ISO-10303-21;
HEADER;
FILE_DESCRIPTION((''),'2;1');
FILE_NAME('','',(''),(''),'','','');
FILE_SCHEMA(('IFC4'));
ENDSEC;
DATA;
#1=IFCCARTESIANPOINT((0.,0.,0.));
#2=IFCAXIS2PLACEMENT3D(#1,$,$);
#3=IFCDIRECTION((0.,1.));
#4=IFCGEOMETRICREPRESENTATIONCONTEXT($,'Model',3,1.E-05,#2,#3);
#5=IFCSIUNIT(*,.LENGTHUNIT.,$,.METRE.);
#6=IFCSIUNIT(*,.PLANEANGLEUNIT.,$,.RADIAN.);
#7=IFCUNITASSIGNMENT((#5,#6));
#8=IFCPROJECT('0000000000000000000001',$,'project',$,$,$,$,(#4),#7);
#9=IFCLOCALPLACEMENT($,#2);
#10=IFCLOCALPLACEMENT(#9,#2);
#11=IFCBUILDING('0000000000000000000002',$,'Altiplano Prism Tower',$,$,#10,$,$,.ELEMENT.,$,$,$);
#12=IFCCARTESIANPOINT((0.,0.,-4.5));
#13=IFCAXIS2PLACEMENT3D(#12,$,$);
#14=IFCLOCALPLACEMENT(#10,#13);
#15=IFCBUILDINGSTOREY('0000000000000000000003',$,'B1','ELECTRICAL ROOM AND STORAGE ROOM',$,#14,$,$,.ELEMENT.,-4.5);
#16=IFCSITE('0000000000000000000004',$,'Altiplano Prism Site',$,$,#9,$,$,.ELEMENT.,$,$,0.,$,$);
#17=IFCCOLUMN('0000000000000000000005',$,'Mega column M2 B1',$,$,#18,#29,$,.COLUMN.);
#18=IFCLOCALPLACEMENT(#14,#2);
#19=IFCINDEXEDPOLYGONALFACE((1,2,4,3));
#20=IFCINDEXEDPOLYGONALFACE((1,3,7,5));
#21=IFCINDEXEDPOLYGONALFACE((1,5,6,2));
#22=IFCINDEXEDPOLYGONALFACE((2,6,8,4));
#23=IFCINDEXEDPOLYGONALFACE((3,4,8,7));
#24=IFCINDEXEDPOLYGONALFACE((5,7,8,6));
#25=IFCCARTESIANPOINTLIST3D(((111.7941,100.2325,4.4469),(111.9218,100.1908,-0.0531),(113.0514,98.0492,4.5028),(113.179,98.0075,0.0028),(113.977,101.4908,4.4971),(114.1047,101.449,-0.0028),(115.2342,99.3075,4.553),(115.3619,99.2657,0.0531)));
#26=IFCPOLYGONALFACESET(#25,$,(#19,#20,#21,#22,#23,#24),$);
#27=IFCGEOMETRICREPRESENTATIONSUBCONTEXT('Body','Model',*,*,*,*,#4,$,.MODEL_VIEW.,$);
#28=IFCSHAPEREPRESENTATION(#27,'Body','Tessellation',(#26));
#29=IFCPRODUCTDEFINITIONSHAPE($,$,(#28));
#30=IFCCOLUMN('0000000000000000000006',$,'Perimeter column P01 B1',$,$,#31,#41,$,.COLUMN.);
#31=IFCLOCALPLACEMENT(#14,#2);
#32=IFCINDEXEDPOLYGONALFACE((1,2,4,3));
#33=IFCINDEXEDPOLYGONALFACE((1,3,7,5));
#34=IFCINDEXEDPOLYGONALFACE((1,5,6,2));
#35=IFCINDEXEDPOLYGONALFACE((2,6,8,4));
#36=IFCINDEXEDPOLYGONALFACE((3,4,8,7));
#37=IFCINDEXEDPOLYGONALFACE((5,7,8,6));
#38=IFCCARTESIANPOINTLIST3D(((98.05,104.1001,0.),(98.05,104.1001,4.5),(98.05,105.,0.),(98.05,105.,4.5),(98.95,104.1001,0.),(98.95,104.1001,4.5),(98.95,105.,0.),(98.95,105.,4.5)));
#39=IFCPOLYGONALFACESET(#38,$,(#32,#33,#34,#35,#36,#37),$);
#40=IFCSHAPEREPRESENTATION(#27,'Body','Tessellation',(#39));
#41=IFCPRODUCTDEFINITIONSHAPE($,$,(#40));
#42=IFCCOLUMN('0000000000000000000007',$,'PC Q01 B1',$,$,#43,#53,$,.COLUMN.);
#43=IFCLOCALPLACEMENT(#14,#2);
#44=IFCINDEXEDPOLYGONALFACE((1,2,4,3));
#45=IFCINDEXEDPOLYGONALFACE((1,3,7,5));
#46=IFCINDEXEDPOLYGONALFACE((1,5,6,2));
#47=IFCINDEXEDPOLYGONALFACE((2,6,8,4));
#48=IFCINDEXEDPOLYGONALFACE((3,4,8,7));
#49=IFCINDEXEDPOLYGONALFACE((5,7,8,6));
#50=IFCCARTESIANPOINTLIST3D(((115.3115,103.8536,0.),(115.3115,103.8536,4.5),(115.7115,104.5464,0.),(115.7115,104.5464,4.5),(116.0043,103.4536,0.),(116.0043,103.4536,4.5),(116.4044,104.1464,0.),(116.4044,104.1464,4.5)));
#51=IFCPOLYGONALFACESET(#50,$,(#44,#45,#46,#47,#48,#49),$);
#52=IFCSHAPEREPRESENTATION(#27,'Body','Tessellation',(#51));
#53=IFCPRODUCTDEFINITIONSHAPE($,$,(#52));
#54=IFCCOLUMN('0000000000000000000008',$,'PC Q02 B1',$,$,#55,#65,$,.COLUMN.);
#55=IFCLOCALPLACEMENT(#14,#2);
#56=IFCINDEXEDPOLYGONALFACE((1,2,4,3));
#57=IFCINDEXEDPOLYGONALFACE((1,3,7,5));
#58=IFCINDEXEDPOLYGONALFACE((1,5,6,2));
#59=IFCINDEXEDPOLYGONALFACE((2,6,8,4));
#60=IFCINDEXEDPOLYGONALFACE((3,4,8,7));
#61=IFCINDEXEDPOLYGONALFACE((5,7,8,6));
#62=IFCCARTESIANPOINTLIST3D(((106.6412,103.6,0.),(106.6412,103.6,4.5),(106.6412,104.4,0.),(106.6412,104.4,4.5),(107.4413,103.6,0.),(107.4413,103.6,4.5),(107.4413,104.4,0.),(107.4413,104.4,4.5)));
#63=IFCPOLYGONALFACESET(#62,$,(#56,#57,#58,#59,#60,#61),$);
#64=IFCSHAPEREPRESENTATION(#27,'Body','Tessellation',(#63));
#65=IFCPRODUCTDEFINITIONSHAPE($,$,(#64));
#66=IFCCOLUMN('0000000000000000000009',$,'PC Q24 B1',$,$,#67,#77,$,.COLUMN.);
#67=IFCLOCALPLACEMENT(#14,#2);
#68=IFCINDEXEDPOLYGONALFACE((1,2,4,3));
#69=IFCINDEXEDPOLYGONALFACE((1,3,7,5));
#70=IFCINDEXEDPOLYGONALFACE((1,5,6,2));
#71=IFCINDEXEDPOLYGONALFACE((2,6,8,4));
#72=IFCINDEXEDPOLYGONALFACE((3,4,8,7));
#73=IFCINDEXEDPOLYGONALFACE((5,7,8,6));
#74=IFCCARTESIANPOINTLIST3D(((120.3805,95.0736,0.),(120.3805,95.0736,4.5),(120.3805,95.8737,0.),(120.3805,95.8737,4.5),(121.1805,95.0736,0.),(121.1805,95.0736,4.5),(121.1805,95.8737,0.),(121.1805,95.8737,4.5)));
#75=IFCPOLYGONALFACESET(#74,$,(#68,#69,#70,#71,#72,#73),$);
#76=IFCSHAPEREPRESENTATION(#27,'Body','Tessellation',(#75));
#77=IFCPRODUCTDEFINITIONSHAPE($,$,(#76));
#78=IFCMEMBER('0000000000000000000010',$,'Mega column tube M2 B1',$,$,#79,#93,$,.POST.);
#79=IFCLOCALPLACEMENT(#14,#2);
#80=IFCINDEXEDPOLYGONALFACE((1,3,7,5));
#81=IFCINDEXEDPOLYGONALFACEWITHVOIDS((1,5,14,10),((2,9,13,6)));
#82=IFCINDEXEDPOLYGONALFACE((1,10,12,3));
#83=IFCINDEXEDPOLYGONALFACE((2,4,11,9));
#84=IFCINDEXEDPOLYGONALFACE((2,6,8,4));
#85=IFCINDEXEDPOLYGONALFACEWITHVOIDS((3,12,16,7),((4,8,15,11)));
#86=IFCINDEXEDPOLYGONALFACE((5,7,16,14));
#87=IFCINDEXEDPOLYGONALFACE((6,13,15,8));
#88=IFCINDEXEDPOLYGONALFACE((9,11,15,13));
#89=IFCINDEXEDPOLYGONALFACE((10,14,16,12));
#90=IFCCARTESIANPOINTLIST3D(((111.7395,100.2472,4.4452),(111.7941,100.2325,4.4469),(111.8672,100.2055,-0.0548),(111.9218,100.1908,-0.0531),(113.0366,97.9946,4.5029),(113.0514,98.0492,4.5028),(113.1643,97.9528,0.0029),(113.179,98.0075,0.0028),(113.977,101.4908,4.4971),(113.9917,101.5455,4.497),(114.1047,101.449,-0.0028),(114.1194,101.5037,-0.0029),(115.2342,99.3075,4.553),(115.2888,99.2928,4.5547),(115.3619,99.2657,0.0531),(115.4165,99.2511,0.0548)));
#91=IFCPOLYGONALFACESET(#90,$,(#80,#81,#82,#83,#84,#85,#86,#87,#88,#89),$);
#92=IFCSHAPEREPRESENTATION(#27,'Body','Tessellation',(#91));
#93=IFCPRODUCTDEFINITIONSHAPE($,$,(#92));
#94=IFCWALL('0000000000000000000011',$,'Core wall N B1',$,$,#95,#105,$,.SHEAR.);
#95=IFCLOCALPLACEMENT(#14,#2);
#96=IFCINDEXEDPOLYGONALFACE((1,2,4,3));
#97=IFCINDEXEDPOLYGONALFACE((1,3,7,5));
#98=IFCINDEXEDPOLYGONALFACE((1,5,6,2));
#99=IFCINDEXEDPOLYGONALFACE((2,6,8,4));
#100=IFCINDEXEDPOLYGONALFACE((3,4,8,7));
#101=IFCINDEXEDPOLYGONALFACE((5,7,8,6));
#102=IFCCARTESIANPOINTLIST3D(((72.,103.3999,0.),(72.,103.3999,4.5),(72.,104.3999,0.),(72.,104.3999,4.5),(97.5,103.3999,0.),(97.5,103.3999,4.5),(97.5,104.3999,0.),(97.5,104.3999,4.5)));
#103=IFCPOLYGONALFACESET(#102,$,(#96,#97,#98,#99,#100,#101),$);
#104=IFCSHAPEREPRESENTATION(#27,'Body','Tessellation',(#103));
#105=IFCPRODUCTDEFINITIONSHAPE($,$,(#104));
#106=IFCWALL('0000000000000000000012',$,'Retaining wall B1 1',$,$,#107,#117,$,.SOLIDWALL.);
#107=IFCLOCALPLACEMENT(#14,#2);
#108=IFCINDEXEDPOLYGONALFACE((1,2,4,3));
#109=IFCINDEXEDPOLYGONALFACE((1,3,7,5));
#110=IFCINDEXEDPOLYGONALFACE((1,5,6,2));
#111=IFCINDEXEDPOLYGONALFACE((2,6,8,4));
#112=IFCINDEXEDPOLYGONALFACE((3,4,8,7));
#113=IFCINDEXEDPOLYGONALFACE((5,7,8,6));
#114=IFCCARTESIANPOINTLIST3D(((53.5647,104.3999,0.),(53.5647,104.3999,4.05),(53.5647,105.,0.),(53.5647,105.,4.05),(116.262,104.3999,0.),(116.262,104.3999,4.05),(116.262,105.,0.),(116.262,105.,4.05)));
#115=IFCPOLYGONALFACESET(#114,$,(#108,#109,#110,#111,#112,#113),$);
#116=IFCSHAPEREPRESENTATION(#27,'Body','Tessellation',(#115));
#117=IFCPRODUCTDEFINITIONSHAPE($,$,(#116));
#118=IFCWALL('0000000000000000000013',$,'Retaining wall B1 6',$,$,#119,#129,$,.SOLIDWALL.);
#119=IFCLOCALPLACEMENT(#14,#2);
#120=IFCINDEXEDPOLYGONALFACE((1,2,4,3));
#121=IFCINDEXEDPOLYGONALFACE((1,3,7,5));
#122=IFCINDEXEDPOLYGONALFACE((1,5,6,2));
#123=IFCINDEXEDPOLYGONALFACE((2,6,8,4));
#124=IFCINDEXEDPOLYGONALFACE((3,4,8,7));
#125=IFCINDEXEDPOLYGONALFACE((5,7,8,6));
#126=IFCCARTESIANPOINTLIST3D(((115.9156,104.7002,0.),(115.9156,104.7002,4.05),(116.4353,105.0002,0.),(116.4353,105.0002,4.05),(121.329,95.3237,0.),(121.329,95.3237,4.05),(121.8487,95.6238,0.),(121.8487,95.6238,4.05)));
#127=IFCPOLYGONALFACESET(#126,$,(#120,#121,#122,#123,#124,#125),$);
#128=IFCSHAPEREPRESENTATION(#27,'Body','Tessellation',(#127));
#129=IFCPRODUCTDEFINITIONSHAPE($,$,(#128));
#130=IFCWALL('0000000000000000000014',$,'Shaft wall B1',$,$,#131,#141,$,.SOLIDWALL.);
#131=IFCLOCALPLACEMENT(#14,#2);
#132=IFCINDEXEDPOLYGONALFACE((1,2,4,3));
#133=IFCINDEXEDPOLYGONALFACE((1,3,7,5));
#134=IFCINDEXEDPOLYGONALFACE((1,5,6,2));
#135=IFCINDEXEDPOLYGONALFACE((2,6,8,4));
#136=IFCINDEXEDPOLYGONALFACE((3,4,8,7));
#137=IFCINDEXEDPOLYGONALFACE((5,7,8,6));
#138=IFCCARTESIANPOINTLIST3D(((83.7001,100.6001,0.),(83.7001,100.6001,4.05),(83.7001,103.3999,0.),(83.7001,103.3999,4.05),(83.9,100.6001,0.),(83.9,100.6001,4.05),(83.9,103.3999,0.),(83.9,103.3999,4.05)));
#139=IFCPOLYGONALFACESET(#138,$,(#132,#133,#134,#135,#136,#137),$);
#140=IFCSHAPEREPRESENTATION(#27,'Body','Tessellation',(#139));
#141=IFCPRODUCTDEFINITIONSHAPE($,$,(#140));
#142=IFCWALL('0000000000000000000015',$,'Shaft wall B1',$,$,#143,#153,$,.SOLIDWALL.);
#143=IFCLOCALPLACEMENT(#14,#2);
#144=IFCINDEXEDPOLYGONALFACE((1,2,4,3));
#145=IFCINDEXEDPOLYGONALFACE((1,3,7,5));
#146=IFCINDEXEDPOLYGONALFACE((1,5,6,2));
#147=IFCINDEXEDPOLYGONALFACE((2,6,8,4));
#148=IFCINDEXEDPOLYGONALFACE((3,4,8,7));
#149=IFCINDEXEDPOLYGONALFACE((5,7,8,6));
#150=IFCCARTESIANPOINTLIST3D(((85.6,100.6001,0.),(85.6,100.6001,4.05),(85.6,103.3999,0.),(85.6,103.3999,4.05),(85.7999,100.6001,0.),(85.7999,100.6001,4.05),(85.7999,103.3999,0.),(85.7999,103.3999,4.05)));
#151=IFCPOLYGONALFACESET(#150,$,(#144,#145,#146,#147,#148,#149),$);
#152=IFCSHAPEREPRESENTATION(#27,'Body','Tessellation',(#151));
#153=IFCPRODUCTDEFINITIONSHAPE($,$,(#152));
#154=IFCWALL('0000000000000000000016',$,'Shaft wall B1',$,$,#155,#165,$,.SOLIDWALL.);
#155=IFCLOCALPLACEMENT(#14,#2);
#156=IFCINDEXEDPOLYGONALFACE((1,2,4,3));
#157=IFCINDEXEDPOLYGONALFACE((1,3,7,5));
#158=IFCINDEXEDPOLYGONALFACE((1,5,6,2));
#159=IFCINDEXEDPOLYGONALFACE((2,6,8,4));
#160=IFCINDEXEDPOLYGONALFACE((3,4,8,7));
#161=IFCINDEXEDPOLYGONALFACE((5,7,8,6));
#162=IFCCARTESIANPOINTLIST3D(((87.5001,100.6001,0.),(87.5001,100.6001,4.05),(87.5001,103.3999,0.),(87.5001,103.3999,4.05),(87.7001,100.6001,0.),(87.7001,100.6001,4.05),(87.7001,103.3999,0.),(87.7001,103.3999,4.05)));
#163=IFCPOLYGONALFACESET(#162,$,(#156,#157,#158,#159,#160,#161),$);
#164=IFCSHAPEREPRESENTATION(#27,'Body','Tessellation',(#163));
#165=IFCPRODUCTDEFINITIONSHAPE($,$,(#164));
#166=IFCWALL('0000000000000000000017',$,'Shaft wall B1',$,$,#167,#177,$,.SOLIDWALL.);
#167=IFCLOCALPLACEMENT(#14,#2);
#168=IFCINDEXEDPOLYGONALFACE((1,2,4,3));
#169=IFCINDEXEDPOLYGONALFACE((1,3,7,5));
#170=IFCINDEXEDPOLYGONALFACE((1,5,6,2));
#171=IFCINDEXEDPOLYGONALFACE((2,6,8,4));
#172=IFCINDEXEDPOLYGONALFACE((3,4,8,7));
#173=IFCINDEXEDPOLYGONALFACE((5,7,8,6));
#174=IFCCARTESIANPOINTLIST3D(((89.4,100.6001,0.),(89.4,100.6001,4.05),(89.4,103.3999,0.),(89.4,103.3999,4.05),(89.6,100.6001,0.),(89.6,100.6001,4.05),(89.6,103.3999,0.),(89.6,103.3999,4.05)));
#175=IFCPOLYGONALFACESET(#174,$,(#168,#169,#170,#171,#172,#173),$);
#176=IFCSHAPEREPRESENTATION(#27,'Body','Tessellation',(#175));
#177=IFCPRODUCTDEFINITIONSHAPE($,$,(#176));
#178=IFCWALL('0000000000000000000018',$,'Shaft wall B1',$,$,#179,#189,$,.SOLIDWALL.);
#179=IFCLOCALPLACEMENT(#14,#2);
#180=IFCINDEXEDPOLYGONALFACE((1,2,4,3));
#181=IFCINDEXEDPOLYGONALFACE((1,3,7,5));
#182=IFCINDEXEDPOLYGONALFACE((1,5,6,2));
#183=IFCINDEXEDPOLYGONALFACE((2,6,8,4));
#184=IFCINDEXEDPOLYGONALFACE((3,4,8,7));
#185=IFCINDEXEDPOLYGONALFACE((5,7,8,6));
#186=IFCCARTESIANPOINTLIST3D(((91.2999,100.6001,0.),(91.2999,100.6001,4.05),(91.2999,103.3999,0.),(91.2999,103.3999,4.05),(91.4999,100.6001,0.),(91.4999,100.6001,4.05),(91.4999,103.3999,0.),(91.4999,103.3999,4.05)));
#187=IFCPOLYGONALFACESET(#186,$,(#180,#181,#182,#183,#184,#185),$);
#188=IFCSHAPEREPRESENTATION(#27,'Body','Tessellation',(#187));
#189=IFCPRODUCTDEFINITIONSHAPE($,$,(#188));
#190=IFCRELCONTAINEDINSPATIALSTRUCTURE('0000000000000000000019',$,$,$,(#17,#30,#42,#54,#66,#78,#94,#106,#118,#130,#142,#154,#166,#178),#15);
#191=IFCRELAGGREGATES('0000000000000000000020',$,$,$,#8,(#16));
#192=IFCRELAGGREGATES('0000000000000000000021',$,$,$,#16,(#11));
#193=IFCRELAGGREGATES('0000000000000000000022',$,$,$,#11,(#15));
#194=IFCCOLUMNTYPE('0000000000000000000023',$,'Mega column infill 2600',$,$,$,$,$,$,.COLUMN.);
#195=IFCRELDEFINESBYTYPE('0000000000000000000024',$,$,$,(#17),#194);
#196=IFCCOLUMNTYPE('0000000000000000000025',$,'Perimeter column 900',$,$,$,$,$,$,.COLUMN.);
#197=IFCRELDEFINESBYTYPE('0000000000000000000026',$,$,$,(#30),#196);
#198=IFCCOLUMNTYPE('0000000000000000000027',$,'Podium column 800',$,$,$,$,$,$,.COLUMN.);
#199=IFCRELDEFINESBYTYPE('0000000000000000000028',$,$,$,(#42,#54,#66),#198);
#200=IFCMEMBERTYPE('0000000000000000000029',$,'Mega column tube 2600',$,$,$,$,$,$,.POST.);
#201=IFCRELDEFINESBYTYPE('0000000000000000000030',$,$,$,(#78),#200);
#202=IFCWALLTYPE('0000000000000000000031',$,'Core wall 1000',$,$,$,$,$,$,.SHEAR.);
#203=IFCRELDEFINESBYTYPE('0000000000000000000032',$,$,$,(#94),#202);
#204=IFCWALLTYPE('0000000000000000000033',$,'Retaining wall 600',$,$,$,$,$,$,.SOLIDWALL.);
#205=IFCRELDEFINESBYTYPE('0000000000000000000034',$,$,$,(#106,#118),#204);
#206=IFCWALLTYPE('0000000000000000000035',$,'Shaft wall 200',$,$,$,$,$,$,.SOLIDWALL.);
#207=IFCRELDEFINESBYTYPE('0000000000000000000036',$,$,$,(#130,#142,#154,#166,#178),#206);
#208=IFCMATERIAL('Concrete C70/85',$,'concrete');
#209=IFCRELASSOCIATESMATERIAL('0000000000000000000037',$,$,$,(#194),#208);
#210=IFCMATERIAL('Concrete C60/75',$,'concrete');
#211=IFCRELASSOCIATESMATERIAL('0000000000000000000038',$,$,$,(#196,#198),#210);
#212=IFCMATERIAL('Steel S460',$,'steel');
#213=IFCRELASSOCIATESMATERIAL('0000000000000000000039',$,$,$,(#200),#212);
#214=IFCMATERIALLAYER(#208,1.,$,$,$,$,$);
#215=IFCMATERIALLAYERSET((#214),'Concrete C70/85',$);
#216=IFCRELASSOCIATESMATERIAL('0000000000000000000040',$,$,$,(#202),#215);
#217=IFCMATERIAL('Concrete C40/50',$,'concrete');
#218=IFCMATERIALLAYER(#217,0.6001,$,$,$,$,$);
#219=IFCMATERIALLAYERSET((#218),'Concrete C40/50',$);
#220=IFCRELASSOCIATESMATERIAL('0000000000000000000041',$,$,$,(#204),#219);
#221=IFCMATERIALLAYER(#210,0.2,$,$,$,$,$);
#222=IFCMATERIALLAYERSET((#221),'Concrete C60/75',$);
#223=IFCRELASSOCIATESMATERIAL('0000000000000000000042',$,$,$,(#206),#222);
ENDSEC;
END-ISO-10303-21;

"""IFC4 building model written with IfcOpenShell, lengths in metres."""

from ifc_helpers import new_model, si_unit, direction, frame, frame_2d, origin, origin_2d, place, context, subcontext, project, spatial, rectangle, hollow_rectangle, extrude, material, layer, layer_set, material_profile, profile_set, type_object, element, save


model = new_model("IFC4")

# Units and contexts
model_context = context("Model", 3, precision=1e-05, world=origin(), true_north=direction((0.0, 1.0)))
body_context = subcontext(model_context, "Body", "Model", "MODEL_VIEW")
ifc_project = project(units=[si_unit("LENGTHUNIT", "METRE"), si_unit("PLANEANGLEUNIT", "RADIAN")], contexts=[model_context])

# Site, building, storey
site_placement = place(None, origin())
site = spatial("IfcSite", under=ifc_project, at=site_placement, Name="Altiplano Prism Site", CompositionType="ELEMENT", RefElevation=0.0)
building_placement = place(site_placement, origin())
building = spatial("IfcBuilding", under=site, at=building_placement, Name="Altiplano Prism Tower", CompositionType="ELEMENT")
storey_placement = place(building_placement, frame((0.0, 0.0, -4.5)))
storey = spatial("IfcBuildingStorey", under=building, at=storey_placement, Name="B1", Description="ELECTRICAL ROOM AND STORAGE ROOM", CompositionType="ELEMENT", Elevation=-4.5)

# Columns
ifc_material_1 = material(Name="Concrete C70/85", Category="concrete")
ifc_material_profile_1 = material_profile(ifc_material_1, rectangle(XDim=2.52, YDim=2.52, at=origin_2d()), Name="Mega column infill 2600")
ifc_profile_set_1 = profile_set([ifc_material_profile_1], Name="Concrete C70/85")
column_type_1 = type_object("IfcColumnType", Name="Mega column infill 2600", PredefinedType="COLUMN", material=ifc_profile_set_1)
column_1_placement = place(storey_placement, frame((113.6418, 99.7283, 0.0), z_axis=(-0.028362, 0.009273, 0.999555), x_axis=(0.498893, -0.866379, 0.022194)))
element("IfcColumn", 1, at=column_1_placement, inside=storey, type_object=column_type_1, Name="Mega column M2 B1", PredefinedType="COLUMN", context=body_context, shape_type="SweptSolid", body=[
    extrude(rectangle(XDim=2.52, YDim=2.52, at=origin_2d()), origin(), (0.0, 0.0, 1.0), 4.502),
])
ifc_material_2 = material(Name="Concrete C60/75", Category="concrete")
ifc_material_profile_2 = material_profile(ifc_material_2, rectangle(XDim=0.8999, YDim=0.8999, at=origin_2d()), Name="Perimeter column 900")
ifc_profile_set_2 = profile_set([ifc_material_profile_2], Name="Concrete C60/75")
column_type_2 = type_object("IfcColumnType", Name="Perimeter column 900", PredefinedType="COLUMN", material=ifc_profile_set_2)
column_2_placement = place(storey_placement, frame((98.5, 104.55, 0.0), z_axis=(0.0, 0.0, 1.0), x_axis=(1.0, 0.0, 0.0)))
element("IfcColumn", 2, at=column_2_placement, inside=storey, type_object=column_type_2, Name="Perimeter column P01 B1", PredefinedType="COLUMN", context=body_context, shape_type="SweptSolid", body=[
    extrude(rectangle(XDim=0.8999, YDim=0.8999, at=origin_2d()), origin(), (0.0, 0.0, 1.0), 4.5),
])
ifc_material_profile_3 = material_profile(ifc_material_2, rectangle(XDim=0.8, YDim=0.8, at=origin_2d()), Name="Podium column 800")
ifc_profile_set_3 = profile_set([ifc_material_profile_3], Name="Concrete C60/75")
column_type_3 = type_object("IfcColumnType", Name="Podium column 800", PredefinedType="COLUMN", material=ifc_profile_set_3)
for number, where, z_axis, x_axis, name in (
    (3, (115.8579, 104.0, 0.0), (0.0, 0.0, 1.0), (0.5, 0.866025, 0.0), "PC Q01 B1"),
    (4, (107.0413, 104.0, 0.0), (0.0, 0.0, 1.0), (1.0, 0.0, 0.0), "PC Q02 B1"),
    (5, (120.7805, 95.4736, 0.0), (0.0, 0.0, 1.0), (0.0, 1.0, 0.0), "PC Q24 B1"),
):
    element("IfcColumn", number, at=place(storey_placement, frame(where, z_axis=z_axis, x_axis=x_axis)), inside=storey, type_object=column_type_3, Name=name, PredefinedType="COLUMN", context=body_context, shape_type="SweptSolid", body=[
        extrude(rectangle(XDim=0.8, YDim=0.8, at=origin_2d()), origin(), (0.0, 0.0, 1.0), 4.5),
    ])

# Member
ifc_material_3 = material(Name="Steel S460", Category="steel")
ifc_material_profile_4 = material_profile(ifc_material_3, hollow_rectangle(XDim=2.6001, YDim=2.6001, WallThickness=0.04, at=origin_2d()), Name="Mega column tube 2600")
ifc_profile_set_4 = profile_set([ifc_material_profile_4], Name="Steel S460")
member_type = type_object("IfcMemberType", Name="Mega column tube 2600", PredefinedType="POST", material=ifc_profile_set_4)
member_placement = place(storey_placement, frame((113.6418, 99.7283, 0.0), z_axis=(-0.028362, 0.009273, 0.999555), x_axis=(0.498893, -0.866379, 0.022194)))
element("IfcMember", 6, at=member_placement, inside=storey, type_object=member_type, Name="Mega column tube M2 B1", PredefinedType="POST", context=body_context, shape_type="SweptSolid", body=[
    extrude(hollow_rectangle(XDim=2.6001, YDim=2.6001, WallThickness=0.04, at=origin_2d()), origin(), (0.0, 0.0, 1.0), 4.502),
])

# Walls
ifc_layer_1 = layer(ifc_material_1, 1.0)
ifc_layer_set_1 = layer_set([ifc_layer_1], Name="Concrete C70/85")
wall_type_1 = type_object("IfcWallType", Name="Core wall 1000", PredefinedType="SHEAR", material=ifc_layer_set_1)
wall_1_placement = place(storey_placement, frame((97.5, 103.8999, 0.0), z_axis=(0.0, 0.0, 1.0), x_axis=(-1.0, 0.0, 0.0)))
element("IfcWall", 7, at=wall_1_placement, inside=storey, type_object=wall_type_1, Name="Core wall N B1", PredefinedType="SHEAR", context=body_context, shape_type="SweptSolid", body=[
    extrude(rectangle(XDim=25.5, YDim=1.0, at=frame_2d((12.75, 0.0))), origin(), (0.0, 0.0, 1.0), 4.5),
])
ifc_material_4 = material(Name="Concrete C40/50", Category="concrete")
ifc_layer_2 = layer(ifc_material_4, 0.6001)
ifc_layer_set_2 = layer_set([ifc_layer_2], Name="Concrete C40/50")
wall_type_2 = type_object("IfcWallType", Name="Retaining wall 600", PredefinedType="SOLIDWALL", material=ifc_layer_set_2)
wall_2_placement = place(storey_placement, frame((116.262, 104.7, 0.0), z_axis=(0.0, 0.0, 1.0), x_axis=(-1.0, 0.0, 0.0)))
element("IfcWall", 8, at=wall_2_placement, inside=storey, type_object=wall_type_2, Name="Retaining wall B1 1", PredefinedType="SOLIDWALL", context=body_context, shape_type="SweptSolid", body=[
    extrude(rectangle(XDim=62.6973, YDim=0.6001, at=frame_2d((31.3486, 0.0))), origin(), (0.0, 0.0, 1.0), 4.05),
])
wall_3_placement = place(storey_placement, frame((121.5889, 95.4736, 0.0), z_axis=(0.0, 0.0, 1.0), x_axis=(-0.499988, 0.866032, 0.0)))
element("IfcWall", 9, at=wall_3_placement, inside=storey, type_object=wall_type_2, Name="Retaining wall B1 6", PredefinedType="SOLIDWALL", context=body_context, shape_type="SweptSolid", body=[
    extrude(rectangle(XDim=10.8269, YDim=0.6001, at=frame_2d((5.4136, 0.0))), origin(), (0.0, 0.0, 1.0), 4.05),
])
ifc_layer_3 = layer(ifc_material_2, 0.2)
ifc_layer_set_3 = layer_set([ifc_layer_3], Name="Concrete C60/75")
wall_type_3 = type_object("IfcWallType", Name="Shaft wall 200", PredefinedType="SOLIDWALL", material=ifc_layer_set_3)
for number, where, z_axis, x_axis, name in (
    (10, (83.8, 100.6001, 0.0), (0.0, 0.0, 1.0), (0.0, 1.0, 0.0), "Shaft wall B1"),
    (11, (85.7, 100.6001, 0.0), (0.0, 0.0, 1.0), (0.0, 1.0, 0.0), "Shaft wall B1"),
    (12, (87.6001, 100.6001, 0.0), (0.0, 0.0, 1.0), (0.0, 1.0, 0.0), "Shaft wall B1"),
    (13, (89.5, 100.6001, 0.0), (0.0, 0.0, 1.0), (0.0, 1.0, 0.0), "Shaft wall B1"),
    (14, (91.3999, 100.6001, 0.0), (0.0, 0.0, 1.0), (0.0, 1.0, 0.0), "Shaft wall B1"),
):
    element("IfcWall", number, at=place(storey_placement, frame(where, z_axis=z_axis, x_axis=x_axis)), inside=storey, type_object=wall_type_3, Name=name, PredefinedType="SOLIDWALL", context=body_context, shape_type="SweptSolid", body=[
        extrude(rectangle(XDim=2.7998, YDim=0.2, at=frame_2d((1.3999, 0.0))), origin(), (0.0, 0.0, 1.0), 4.05),
    ])

save(model, "model.ifc")
